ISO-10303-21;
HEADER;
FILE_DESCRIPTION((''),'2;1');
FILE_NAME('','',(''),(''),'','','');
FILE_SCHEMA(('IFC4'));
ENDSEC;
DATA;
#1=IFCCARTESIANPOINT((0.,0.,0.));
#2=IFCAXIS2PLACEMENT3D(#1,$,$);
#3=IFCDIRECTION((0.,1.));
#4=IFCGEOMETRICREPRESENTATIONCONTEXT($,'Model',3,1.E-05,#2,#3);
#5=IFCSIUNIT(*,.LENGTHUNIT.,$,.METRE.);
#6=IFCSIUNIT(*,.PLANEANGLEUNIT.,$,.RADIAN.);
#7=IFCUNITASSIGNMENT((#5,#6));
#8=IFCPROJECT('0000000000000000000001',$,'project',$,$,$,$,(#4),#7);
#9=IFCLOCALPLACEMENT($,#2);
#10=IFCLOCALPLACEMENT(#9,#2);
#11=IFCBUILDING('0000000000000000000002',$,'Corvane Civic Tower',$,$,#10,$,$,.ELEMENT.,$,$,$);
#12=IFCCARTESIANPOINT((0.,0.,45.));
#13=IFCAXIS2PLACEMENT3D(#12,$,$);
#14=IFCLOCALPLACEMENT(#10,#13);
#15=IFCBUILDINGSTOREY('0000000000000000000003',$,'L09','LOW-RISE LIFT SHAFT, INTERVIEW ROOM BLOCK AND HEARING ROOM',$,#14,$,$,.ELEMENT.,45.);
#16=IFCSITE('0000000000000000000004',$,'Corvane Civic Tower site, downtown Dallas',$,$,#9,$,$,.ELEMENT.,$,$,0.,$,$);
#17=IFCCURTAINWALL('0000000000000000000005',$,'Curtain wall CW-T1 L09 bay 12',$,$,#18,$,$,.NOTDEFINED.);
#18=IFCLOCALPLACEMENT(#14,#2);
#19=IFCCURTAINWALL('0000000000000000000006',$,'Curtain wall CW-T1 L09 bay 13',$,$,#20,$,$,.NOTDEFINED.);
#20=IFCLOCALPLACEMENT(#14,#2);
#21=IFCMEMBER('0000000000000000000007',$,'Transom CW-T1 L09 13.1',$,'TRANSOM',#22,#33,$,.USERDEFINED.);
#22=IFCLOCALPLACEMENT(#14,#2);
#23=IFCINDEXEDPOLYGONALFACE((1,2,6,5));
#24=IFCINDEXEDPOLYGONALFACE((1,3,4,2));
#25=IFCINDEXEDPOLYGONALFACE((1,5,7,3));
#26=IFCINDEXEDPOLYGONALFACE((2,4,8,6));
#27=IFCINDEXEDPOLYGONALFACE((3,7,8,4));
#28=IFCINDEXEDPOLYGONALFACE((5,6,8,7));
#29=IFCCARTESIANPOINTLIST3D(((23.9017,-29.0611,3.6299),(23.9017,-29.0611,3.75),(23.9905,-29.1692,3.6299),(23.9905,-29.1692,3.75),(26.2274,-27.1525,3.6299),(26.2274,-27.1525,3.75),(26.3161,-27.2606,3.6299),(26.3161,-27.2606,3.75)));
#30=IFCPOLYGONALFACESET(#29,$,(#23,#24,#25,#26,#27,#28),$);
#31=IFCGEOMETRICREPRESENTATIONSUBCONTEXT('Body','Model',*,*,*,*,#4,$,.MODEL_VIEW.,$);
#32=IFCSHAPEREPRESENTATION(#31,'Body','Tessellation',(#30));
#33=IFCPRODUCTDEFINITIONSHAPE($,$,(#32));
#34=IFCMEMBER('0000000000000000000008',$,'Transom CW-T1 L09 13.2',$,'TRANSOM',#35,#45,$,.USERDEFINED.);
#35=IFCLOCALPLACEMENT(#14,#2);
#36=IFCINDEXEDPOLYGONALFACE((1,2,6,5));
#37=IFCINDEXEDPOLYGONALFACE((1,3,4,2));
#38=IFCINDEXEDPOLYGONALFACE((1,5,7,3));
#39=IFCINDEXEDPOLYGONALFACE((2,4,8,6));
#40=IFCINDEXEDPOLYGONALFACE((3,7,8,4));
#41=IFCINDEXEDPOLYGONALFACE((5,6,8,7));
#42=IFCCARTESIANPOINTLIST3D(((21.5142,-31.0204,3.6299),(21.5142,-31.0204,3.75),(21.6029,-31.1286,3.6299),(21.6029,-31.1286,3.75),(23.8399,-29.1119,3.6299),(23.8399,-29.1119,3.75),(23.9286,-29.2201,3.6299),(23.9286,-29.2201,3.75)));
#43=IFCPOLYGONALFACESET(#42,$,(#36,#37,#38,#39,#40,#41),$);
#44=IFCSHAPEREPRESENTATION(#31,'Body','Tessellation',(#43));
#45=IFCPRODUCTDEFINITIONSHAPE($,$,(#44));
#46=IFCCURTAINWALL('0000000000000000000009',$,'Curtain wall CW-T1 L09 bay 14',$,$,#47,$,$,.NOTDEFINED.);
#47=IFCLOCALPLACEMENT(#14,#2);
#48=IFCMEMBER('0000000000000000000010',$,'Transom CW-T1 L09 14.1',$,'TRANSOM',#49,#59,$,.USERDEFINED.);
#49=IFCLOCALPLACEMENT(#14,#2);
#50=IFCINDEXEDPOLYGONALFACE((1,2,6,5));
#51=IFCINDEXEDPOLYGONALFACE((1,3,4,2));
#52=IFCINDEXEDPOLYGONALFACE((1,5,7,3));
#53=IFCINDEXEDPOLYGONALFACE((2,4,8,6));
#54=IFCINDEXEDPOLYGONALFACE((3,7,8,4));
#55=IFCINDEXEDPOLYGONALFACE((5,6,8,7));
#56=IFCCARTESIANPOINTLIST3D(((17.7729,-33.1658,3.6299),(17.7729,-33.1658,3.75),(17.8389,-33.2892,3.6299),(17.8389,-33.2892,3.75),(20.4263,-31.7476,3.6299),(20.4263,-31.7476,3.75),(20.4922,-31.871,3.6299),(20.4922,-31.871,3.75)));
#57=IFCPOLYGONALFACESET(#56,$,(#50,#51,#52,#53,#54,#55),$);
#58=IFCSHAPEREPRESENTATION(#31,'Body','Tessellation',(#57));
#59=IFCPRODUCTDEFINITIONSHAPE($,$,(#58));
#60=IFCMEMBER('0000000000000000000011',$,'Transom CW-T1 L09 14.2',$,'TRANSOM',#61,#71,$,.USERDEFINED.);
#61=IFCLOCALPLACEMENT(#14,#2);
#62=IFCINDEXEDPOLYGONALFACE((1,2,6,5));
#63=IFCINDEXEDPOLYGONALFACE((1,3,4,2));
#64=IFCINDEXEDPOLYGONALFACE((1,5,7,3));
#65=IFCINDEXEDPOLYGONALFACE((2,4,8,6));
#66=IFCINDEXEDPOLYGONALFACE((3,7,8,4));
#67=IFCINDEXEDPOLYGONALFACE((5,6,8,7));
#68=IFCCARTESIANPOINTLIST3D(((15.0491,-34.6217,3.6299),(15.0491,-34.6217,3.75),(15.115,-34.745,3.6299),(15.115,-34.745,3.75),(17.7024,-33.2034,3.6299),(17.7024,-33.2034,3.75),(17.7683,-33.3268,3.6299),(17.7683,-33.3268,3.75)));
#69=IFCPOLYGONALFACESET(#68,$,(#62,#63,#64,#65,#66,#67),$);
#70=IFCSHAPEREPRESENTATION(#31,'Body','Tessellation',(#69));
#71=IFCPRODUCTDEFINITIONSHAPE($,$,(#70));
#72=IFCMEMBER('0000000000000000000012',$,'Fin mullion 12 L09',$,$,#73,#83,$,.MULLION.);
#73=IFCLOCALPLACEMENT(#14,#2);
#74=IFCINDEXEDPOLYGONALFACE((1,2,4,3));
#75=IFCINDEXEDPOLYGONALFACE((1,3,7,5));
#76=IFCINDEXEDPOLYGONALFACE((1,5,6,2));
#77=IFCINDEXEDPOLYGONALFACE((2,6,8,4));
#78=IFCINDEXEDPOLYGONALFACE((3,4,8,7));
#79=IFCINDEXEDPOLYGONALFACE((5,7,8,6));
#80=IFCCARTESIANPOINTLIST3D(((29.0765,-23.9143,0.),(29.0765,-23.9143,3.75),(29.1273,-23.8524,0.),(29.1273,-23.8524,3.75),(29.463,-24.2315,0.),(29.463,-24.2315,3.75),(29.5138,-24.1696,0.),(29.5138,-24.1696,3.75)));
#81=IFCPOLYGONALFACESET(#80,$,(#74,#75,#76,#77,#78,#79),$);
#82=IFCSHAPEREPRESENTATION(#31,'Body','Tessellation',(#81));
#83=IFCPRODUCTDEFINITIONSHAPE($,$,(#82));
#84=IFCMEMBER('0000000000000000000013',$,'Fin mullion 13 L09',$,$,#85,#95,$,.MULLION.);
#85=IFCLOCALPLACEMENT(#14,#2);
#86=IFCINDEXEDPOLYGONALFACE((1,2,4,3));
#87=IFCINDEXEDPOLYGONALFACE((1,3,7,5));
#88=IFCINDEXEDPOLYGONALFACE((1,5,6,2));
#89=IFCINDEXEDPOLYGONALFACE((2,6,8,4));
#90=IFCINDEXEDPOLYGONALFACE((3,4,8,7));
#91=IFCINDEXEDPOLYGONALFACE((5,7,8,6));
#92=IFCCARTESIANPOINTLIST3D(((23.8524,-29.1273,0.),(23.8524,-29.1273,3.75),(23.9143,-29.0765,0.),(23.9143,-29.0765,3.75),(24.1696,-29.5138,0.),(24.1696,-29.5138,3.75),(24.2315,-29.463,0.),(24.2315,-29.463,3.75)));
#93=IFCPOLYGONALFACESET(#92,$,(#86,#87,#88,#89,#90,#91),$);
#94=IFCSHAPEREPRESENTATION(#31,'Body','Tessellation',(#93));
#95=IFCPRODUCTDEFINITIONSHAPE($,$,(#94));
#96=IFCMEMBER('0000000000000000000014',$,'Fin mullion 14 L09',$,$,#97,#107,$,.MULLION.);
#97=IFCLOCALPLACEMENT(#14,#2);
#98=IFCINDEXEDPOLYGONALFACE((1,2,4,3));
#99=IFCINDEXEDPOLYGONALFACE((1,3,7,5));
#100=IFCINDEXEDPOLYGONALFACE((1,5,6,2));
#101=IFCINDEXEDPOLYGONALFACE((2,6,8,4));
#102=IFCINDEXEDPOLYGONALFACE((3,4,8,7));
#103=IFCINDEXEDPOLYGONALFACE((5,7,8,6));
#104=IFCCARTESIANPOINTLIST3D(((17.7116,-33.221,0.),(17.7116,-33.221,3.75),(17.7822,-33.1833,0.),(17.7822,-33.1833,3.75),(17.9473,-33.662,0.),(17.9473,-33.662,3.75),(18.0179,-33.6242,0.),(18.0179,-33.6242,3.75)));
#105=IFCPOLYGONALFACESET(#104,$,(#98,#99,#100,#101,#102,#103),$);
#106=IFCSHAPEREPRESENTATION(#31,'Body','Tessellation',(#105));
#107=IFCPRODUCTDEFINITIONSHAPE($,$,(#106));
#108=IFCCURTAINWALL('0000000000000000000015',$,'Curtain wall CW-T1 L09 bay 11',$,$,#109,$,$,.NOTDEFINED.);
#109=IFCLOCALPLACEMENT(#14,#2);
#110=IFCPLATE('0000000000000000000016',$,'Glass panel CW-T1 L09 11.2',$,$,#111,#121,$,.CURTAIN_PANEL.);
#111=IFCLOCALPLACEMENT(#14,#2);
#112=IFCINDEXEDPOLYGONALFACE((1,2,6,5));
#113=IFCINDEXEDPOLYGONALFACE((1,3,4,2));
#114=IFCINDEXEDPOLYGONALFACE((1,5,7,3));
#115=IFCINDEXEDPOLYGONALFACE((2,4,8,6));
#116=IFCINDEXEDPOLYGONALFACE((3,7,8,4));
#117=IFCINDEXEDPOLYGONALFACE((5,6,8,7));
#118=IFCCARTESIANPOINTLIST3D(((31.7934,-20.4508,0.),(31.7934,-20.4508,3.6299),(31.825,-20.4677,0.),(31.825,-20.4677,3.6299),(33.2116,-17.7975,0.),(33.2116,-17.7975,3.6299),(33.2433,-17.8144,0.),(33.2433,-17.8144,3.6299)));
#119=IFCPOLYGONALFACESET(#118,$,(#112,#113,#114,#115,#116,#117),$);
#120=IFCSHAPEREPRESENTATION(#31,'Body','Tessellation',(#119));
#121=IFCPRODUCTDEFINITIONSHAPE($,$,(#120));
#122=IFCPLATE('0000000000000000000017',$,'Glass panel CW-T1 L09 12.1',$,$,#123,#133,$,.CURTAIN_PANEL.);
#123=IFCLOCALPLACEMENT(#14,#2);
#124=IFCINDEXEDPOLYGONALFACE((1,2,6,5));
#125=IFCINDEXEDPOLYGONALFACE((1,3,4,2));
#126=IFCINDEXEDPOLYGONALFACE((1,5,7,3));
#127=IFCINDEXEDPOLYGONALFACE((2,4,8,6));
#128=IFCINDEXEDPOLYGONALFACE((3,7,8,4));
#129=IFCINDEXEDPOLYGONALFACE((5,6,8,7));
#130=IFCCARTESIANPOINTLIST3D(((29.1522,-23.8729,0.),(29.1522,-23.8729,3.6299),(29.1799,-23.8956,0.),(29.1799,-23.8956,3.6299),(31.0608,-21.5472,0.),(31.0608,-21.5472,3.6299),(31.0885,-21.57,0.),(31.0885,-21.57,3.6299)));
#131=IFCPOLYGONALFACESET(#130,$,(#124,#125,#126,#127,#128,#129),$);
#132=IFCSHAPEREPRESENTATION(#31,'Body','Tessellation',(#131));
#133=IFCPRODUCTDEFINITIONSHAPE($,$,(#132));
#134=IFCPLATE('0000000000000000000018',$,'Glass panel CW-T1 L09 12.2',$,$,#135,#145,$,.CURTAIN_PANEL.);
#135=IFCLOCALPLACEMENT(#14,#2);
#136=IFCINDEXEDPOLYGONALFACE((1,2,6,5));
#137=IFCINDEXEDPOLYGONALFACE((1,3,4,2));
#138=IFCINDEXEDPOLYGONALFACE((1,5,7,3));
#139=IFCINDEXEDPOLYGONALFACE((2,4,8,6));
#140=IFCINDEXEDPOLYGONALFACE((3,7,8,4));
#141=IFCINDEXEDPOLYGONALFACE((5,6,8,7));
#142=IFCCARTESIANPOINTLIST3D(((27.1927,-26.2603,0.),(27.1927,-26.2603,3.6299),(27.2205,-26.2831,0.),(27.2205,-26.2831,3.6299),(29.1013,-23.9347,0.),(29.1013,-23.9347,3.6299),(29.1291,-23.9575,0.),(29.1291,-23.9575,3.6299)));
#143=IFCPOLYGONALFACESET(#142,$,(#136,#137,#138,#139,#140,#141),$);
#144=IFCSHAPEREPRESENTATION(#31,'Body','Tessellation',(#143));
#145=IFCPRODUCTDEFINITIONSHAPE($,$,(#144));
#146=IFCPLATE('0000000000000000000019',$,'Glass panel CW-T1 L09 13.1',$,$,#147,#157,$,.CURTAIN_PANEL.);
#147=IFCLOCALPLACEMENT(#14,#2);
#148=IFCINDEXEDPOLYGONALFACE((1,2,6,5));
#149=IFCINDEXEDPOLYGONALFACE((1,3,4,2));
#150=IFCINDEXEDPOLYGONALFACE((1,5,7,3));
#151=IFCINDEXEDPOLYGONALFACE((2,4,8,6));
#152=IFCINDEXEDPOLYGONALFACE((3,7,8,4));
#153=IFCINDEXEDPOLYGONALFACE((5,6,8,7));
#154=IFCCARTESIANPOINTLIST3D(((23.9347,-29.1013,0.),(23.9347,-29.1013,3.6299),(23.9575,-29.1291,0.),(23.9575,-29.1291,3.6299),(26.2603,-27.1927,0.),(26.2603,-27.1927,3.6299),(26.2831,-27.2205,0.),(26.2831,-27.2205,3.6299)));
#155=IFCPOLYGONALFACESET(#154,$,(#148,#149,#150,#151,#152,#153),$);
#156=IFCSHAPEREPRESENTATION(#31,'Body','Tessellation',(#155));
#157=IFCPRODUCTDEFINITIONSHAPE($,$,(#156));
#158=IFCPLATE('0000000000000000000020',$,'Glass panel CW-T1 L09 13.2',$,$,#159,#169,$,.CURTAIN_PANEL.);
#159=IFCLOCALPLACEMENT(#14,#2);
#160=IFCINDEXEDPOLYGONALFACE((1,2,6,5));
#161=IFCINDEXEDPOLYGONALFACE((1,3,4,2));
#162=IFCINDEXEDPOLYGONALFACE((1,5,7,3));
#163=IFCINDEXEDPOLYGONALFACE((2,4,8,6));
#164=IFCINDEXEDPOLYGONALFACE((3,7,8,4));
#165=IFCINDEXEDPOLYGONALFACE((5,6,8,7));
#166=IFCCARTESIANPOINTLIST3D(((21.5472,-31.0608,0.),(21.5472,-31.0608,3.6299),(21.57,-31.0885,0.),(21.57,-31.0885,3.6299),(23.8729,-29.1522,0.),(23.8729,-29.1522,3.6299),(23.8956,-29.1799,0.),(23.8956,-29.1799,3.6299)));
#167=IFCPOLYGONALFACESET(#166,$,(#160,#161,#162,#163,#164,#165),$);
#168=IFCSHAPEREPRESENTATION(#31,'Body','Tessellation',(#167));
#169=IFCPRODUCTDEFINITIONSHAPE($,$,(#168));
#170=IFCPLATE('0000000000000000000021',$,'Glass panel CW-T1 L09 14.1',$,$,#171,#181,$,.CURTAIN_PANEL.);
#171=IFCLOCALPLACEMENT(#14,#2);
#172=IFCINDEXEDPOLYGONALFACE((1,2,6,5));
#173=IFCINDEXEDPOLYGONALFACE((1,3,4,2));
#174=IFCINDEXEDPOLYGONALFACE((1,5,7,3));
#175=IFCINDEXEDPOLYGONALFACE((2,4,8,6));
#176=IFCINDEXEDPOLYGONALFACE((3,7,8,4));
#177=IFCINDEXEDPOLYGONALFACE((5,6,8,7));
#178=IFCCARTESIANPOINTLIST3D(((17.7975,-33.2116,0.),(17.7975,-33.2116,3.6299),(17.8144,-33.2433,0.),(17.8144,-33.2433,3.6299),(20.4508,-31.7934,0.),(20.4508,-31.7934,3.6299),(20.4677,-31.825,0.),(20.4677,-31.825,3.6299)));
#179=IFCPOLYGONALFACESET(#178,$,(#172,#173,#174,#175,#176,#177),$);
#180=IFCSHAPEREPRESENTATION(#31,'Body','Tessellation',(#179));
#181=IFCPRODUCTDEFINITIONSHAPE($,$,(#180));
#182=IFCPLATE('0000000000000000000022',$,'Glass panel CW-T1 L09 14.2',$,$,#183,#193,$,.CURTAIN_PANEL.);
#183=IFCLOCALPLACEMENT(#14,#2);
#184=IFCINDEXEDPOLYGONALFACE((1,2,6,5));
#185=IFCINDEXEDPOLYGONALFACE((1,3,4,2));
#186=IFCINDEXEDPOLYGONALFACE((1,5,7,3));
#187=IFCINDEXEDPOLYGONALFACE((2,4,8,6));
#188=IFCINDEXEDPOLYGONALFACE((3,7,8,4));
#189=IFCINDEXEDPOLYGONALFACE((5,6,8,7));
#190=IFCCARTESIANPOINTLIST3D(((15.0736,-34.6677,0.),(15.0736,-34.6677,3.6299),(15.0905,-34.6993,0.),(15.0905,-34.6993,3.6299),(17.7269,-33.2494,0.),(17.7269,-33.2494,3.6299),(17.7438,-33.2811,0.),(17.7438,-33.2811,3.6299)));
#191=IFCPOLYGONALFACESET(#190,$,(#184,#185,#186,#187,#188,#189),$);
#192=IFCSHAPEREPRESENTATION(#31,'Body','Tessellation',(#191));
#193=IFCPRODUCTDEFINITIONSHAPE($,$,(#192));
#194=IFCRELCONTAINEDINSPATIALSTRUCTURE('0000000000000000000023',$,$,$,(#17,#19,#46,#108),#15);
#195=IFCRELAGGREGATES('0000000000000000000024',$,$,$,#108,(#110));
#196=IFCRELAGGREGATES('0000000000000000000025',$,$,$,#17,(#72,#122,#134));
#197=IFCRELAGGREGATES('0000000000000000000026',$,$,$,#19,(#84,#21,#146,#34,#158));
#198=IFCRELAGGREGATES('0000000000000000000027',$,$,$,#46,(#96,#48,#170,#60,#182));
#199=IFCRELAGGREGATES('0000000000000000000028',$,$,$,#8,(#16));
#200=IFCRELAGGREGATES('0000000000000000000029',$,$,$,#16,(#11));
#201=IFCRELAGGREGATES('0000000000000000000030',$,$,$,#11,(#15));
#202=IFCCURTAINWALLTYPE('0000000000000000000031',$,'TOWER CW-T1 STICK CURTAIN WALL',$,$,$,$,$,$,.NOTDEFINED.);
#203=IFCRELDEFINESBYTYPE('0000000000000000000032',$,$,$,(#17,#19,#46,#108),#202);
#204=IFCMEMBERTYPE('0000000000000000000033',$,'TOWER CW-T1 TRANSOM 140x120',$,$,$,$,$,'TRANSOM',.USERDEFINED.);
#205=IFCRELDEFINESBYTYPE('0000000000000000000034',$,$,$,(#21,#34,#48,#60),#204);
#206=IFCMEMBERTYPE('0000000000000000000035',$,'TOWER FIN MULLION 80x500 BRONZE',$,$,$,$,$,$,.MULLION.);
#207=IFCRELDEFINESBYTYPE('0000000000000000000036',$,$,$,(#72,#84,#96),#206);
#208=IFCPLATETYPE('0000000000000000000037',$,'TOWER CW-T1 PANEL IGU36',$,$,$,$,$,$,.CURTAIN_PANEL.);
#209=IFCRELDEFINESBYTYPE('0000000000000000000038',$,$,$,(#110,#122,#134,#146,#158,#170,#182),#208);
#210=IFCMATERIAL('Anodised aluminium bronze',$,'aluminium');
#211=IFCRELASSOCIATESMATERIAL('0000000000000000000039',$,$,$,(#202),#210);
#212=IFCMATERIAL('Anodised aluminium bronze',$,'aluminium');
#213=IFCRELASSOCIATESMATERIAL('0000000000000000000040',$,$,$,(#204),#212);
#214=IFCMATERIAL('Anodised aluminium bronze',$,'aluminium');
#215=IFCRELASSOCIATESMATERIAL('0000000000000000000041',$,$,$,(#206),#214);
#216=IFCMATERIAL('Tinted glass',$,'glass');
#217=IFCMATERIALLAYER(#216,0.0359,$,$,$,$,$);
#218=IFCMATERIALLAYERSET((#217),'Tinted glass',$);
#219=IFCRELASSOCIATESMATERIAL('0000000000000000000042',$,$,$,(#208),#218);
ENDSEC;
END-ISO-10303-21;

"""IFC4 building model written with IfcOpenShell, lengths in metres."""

from ifc_helpers import new_model, si_unit, direction, frame, origin, origin_2d, place, context, subcontext, project, spatial, rectangle, extrude, material, layer, layer_set, material_profile, profile_set, type_object, element, aggregate, save


model = new_model("IFC4")

# Units and contexts
model_context = context("Model", 3, precision=1e-05, world=origin(), true_north=direction((0.0, 1.0)))
body_context = subcontext(model_context, "Body", "Model", "MODEL_VIEW")
ifc_project = project(units=[si_unit("LENGTHUNIT", "METRE"), si_unit("PLANEANGLEUNIT", "RADIAN")], contexts=[model_context])

# Site, building, storey
site_placement = place(None, origin())
site = spatial("IfcSite", under=ifc_project, at=site_placement, Name="Corvane Civic Tower site, downtown Dallas", CompositionType="ELEMENT", RefElevation=0.0)
building_placement = place(site_placement, origin())
building = spatial("IfcBuilding", under=site, at=building_placement, Name="Corvane Civic Tower", CompositionType="ELEMENT")
storey_placement = place(building_placement, frame((0.0, 0.0, 45.0)))
storey = spatial("IfcBuildingStorey", under=building, at=storey_placement, Name="L09", Description="LOW-RISE LIFT SHAFT, INTERVIEW ROOM BLOCK AND HEARING ROOM", CompositionType="ELEMENT", Elevation=45.0)

# Curtain walls, members
ifc_material_1 = material(Name="Anodised aluminium bronze", Category="aluminium")
curtain_wall_type = type_object("IfcCurtainWallType", Name="TOWER CW-T1 STICK CURTAIN WALL", PredefinedType="NOTDEFINED", material=ifc_material_1)
curtain_wall_1_placement = place(storey_placement, origin())
curtain_wall_1 = element("IfcCurtainWall", 1, at=curtain_wall_1_placement, inside=storey, type_object=curtain_wall_type, Name="Curtain wall CW-T1 L09 bay 12", PredefinedType="NOTDEFINED")
ifc_material_2 = material(Name="Anodised aluminium bronze", Category="aluminium")
ifc_material_profile_1 = material_profile(ifc_material_2, rectangle(XDim=0.1399, YDim=0.1201, at=origin_2d()), Name="TOWER CW-T1 TRANSOM 140x120")
ifc_profile_set_1 = profile_set([ifc_material_profile_1], Name="Anodised aluminium bronze")
member_type_1 = type_object("IfcMemberType", Name="TOWER CW-T1 TRANSOM 140x120", ElementType="TRANSOM", PredefinedType="USERDEFINED", material=ifc_profile_set_1)
curtain_wall_2_placement = place(storey_placement, origin())
curtain_wall_2 = element("IfcCurtainWall", 2, at=curtain_wall_2_placement, inside=storey, type_object=curtain_wall_type, Name="Curtain wall CW-T1 L09 bay 13", PredefinedType="NOTDEFINED")
member_1_placement = place(storey_placement, frame((26.2717, -27.2065, 3.6899), z_axis=(-0.773002, -0.634404, 0.0), x_axis=(0.634404, -0.773002, 0.0)))
member_1 = element("IfcMember", 3, at=member_1_placement, type_object=member_type_1, Name="Transom CW-T1 L09 13.1", ObjectType="TRANSOM", PredefinedType="USERDEFINED", context=body_context, shape_type="SweptSolid", body=[
    extrude(rectangle(XDim=0.1399, YDim=0.1201, at=origin_2d()), origin(), (0.0, 0.0, 1.0), 3.0085),
])
member_2_placement = place(storey_placement, frame((23.8843, -29.166, 3.6899), z_axis=(-0.773042, -0.634355, 0.0), x_axis=(0.634355, -0.773042, 0.0)))
member_2 = element("IfcMember", 4, at=member_2_placement, type_object=member_type_1, Name="Transom CW-T1 L09 13.2", ObjectType="TRANSOM", PredefinedType="USERDEFINED", context=body_context, shape_type="SweptSolid", body=[
    extrude(rectangle(XDim=0.1399, YDim=0.1201, at=origin_2d()), origin(), (0.0, 0.0, 1.0), 3.0085),
])
curtain_wall_3_placement = place(storey_placement, origin())
curtain_wall_3 = element("IfcCurtainWall", 5, at=curtain_wall_3_placement, inside=storey, type_object=curtain_wall_type, Name="Curtain wall CW-T1 L09 bay 14", PredefinedType="NOTDEFINED")
member_3_placement = place(storey_placement, frame((20.4592, -31.8093, 3.6899), z_axis=(-0.881924, -0.471393, 0.0), x_axis=(0.471393, -0.881924, 0.0)))
member_3 = element("IfcMember", 6, at=member_3_placement, type_object=member_type_1, Name="Transom CW-T1 L09 14.1", ObjectType="TRANSOM", PredefinedType="USERDEFINED", context=body_context, shape_type="SweptSolid", body=[
    extrude(rectangle(XDim=0.1399, YDim=0.1201, at=origin_2d()), origin(), (0.0, 0.0, 1.0), 3.0085),
])
member_4_placement = place(storey_placement, frame((17.7354, -33.2651, 3.6899), z_axis=(-0.881924, -0.471393, 0.0), x_axis=(0.471393, -0.881924, 0.0)))
member_4 = element("IfcMember", 7, at=member_4_placement, type_object=member_type_1, Name="Transom CW-T1 L09 14.2", ObjectType="TRANSOM", PredefinedType="USERDEFINED", context=body_context, shape_type="SweptSolid", body=[
    extrude(rectangle(XDim=0.1399, YDim=0.1201, at=origin_2d()), origin(), (0.0, 0.0, 1.0), 3.0085),
])

# Members
ifc_material_3 = material(Name="Anodised aluminium bronze", Category="aluminium")
ifc_material_profile_2 = material_profile(ifc_material_3, rectangle(XDim=0.0801, YDim=0.5, at=origin_2d()), Name="TOWER FIN MULLION 80x500 BRONZE")
ifc_profile_set_2 = profile_set([ifc_material_profile_2], Name="Anodised aluminium bronze")
member_type_2 = type_object("IfcMemberType", Name="TOWER FIN MULLION 80x500 BRONZE", PredefinedType="MULLION", material=ifc_profile_set_2)
member_5_placement = place(storey_placement, frame((29.2952, -24.042, 0.0), z_axis=(0.0, 0.0, 1.0), x_axis=(-0.634397, -0.773007, 0.0)))
member_5 = element("IfcMember", 8, at=member_5_placement, type_object=member_type_2, Name="Fin mullion 12 L09", PredefinedType="MULLION", context=body_context, shape_type="SweptSolid", body=[
    extrude(rectangle(XDim=0.0801, YDim=0.5, at=origin_2d()), origin(), (0.0, 0.0, 1.0), 3.75),
])
member_6_placement = place(storey_placement, frame((24.042, -29.2952, 0.0), z_axis=(0.0, 0.0, 1.0), x_axis=(-0.773007, -0.634397, 0.0)))
member_6 = element("IfcMember", 9, at=member_6_placement, type_object=member_type_2, Name="Fin mullion 13 L09", PredefinedType="MULLION", context=body_context, shape_type="SweptSolid", body=[
    extrude(rectangle(XDim=0.0801, YDim=0.5, at=origin_2d()), origin(), (0.0, 0.0, 1.0), 3.75),
])
member_7_placement = place(storey_placement, frame((17.8647, -33.4226, 0.0), z_axis=(0.0, 0.0, 1.0), x_axis=(-0.881918, -0.471404, 0.0)))
member_7 = element("IfcMember", 10, at=member_7_placement, type_object=member_type_2, Name="Fin mullion 14 L09", PredefinedType="MULLION", context=body_context, shape_type="SweptSolid", body=[
    extrude(rectangle(XDim=0.0801, YDim=0.5, at=origin_2d()), origin(), (0.0, 0.0, 1.0), 3.75),
])

# Curtain wall, plate
curtain_wall_4_placement = place(storey_placement, origin())
curtain_wall_4 = element("IfcCurtainWall", 11, at=curtain_wall_4_placement, inside=storey, type_object=curtain_wall_type, Name="Curtain wall CW-T1 L09 bay 11", PredefinedType="NOTDEFINED")
ifc_material_4 = material(Name="Tinted glass", Category="glass")
ifc_layer_1 = layer(ifc_material_4, 0.0359)
ifc_layer_set_1 = layer_set([ifc_layer_1], Name="Tinted glass")
plate_type = type_object("IfcPlateType", Name="TOWER CW-T1 PANEL IGU36", PredefinedType="CURTAIN_PANEL", material=ifc_layer_set_1)
plate_1_placement = place(storey_placement, frame((32.5183, -19.1326, 0.0), z_axis=(0.0, 0.0, 1.0), x_axis=(-0.471404, -0.881918, 0.0)))
plate_1 = element("IfcPlate", 12, at=plate_1_placement, type_object=plate_type, Name="Glass panel CW-T1 L09 11.2", PredefinedType="CURTAIN_PANEL", context=body_context, shape_type="SweptSolid", body=[
    extrude(rectangle(XDim=3.0085, YDim=0.0359, at=origin_2d()), origin(), (0.0, 0.0, 1.0), 3.6299),
])
aggregate(curtain_wall_4, [plate_1])

# Plates
plate_2_placement = place(storey_placement, frame((30.1204, -22.7214, 0.0), z_axis=(0.0, 0.0, 1.0), x_axis=(-0.634397, -0.773007, 0.0)))
plate_2 = element("IfcPlate", 13, at=plate_2_placement, type_object=plate_type, Name="Glass panel CW-T1 L09 12.1", PredefinedType="CURTAIN_PANEL", context=body_context, shape_type="SweptSolid", body=[
    extrude(rectangle(XDim=3.0085, YDim=0.0359, at=origin_2d()), origin(), (0.0, 0.0, 1.0), 3.6299),
])
plate_3_placement = place(storey_placement, frame((28.1609, -25.1089, 0.0), z_axis=(0.0, 0.0, 1.0), x_axis=(-0.634397, -0.773007, 0.0)))
plate_3 = element("IfcPlate", 14, at=plate_3_placement, type_object=plate_type, Name="Glass panel CW-T1 L09 12.2", PredefinedType="CURTAIN_PANEL", context=body_context, shape_type="SweptSolid", body=[
    extrude(rectangle(XDim=3.0085, YDim=0.0359, at=origin_2d()), origin(), (0.0, 0.0, 1.0), 3.6299),
])
aggregate(curtain_wall_1, [member_5, plate_2, plate_3])
plate_4_placement = place(storey_placement, frame((25.1089, -28.1609, 0.0), z_axis=(0.0, 0.0, 1.0), x_axis=(-0.773007, -0.634397, 0.0)))
plate_4 = element("IfcPlate", 15, at=plate_4_placement, type_object=plate_type, Name="Glass panel CW-T1 L09 13.1", PredefinedType="CURTAIN_PANEL", context=body_context, shape_type="SweptSolid", body=[
    extrude(rectangle(XDim=3.0085, YDim=0.0359, at=origin_2d()), origin(), (0.0, 0.0, 1.0), 3.6299),
])
plate_5_placement = place(storey_placement, frame((22.7214, -30.1204, 0.0), z_axis=(0.0, 0.0, 1.0), x_axis=(-0.773007, -0.634397, 0.0)))
plate_5 = element("IfcPlate", 16, at=plate_5_placement, type_object=plate_type, Name="Glass panel CW-T1 L09 13.2", PredefinedType="CURTAIN_PANEL", context=body_context, shape_type="SweptSolid", body=[
    extrude(rectangle(XDim=3.0085, YDim=0.0359, at=origin_2d()), origin(), (0.0, 0.0, 1.0), 3.6299),
])
aggregate(curtain_wall_2, [member_6, member_1, plate_4, member_2, plate_5])
plate_6_placement = place(storey_placement, frame((19.1326, -32.5183, 0.0), z_axis=(0.0, 0.0, 1.0), x_axis=(-0.881918, -0.471404, 0.0)))
plate_6 = element("IfcPlate", 17, at=plate_6_placement, type_object=plate_type, Name="Glass panel CW-T1 L09 14.1", PredefinedType="CURTAIN_PANEL", context=body_context, shape_type="SweptSolid", body=[
    extrude(rectangle(XDim=3.0085, YDim=0.0359, at=origin_2d()), origin(), (0.0, 0.0, 1.0), 3.6299),
])
plate_7_placement = place(storey_placement, frame((16.4087, -33.9744, 0.0), z_axis=(0.0, 0.0, 1.0), x_axis=(-0.881918, -0.471404, 0.0)))
plate_7 = element("IfcPlate", 18, at=plate_7_placement, type_object=plate_type, Name="Glass panel CW-T1 L09 14.2", PredefinedType="CURTAIN_PANEL", context=body_context, shape_type="SweptSolid", body=[
    extrude(rectangle(XDim=3.0085, YDim=0.0359, at=origin_2d()), origin(), (0.0, 0.0, 1.0), 3.6299),
])
aggregate(curtain_wall_3, [member_7, member_3, plate_6, member_4, plate_7])

save(model, "model.ifc")
